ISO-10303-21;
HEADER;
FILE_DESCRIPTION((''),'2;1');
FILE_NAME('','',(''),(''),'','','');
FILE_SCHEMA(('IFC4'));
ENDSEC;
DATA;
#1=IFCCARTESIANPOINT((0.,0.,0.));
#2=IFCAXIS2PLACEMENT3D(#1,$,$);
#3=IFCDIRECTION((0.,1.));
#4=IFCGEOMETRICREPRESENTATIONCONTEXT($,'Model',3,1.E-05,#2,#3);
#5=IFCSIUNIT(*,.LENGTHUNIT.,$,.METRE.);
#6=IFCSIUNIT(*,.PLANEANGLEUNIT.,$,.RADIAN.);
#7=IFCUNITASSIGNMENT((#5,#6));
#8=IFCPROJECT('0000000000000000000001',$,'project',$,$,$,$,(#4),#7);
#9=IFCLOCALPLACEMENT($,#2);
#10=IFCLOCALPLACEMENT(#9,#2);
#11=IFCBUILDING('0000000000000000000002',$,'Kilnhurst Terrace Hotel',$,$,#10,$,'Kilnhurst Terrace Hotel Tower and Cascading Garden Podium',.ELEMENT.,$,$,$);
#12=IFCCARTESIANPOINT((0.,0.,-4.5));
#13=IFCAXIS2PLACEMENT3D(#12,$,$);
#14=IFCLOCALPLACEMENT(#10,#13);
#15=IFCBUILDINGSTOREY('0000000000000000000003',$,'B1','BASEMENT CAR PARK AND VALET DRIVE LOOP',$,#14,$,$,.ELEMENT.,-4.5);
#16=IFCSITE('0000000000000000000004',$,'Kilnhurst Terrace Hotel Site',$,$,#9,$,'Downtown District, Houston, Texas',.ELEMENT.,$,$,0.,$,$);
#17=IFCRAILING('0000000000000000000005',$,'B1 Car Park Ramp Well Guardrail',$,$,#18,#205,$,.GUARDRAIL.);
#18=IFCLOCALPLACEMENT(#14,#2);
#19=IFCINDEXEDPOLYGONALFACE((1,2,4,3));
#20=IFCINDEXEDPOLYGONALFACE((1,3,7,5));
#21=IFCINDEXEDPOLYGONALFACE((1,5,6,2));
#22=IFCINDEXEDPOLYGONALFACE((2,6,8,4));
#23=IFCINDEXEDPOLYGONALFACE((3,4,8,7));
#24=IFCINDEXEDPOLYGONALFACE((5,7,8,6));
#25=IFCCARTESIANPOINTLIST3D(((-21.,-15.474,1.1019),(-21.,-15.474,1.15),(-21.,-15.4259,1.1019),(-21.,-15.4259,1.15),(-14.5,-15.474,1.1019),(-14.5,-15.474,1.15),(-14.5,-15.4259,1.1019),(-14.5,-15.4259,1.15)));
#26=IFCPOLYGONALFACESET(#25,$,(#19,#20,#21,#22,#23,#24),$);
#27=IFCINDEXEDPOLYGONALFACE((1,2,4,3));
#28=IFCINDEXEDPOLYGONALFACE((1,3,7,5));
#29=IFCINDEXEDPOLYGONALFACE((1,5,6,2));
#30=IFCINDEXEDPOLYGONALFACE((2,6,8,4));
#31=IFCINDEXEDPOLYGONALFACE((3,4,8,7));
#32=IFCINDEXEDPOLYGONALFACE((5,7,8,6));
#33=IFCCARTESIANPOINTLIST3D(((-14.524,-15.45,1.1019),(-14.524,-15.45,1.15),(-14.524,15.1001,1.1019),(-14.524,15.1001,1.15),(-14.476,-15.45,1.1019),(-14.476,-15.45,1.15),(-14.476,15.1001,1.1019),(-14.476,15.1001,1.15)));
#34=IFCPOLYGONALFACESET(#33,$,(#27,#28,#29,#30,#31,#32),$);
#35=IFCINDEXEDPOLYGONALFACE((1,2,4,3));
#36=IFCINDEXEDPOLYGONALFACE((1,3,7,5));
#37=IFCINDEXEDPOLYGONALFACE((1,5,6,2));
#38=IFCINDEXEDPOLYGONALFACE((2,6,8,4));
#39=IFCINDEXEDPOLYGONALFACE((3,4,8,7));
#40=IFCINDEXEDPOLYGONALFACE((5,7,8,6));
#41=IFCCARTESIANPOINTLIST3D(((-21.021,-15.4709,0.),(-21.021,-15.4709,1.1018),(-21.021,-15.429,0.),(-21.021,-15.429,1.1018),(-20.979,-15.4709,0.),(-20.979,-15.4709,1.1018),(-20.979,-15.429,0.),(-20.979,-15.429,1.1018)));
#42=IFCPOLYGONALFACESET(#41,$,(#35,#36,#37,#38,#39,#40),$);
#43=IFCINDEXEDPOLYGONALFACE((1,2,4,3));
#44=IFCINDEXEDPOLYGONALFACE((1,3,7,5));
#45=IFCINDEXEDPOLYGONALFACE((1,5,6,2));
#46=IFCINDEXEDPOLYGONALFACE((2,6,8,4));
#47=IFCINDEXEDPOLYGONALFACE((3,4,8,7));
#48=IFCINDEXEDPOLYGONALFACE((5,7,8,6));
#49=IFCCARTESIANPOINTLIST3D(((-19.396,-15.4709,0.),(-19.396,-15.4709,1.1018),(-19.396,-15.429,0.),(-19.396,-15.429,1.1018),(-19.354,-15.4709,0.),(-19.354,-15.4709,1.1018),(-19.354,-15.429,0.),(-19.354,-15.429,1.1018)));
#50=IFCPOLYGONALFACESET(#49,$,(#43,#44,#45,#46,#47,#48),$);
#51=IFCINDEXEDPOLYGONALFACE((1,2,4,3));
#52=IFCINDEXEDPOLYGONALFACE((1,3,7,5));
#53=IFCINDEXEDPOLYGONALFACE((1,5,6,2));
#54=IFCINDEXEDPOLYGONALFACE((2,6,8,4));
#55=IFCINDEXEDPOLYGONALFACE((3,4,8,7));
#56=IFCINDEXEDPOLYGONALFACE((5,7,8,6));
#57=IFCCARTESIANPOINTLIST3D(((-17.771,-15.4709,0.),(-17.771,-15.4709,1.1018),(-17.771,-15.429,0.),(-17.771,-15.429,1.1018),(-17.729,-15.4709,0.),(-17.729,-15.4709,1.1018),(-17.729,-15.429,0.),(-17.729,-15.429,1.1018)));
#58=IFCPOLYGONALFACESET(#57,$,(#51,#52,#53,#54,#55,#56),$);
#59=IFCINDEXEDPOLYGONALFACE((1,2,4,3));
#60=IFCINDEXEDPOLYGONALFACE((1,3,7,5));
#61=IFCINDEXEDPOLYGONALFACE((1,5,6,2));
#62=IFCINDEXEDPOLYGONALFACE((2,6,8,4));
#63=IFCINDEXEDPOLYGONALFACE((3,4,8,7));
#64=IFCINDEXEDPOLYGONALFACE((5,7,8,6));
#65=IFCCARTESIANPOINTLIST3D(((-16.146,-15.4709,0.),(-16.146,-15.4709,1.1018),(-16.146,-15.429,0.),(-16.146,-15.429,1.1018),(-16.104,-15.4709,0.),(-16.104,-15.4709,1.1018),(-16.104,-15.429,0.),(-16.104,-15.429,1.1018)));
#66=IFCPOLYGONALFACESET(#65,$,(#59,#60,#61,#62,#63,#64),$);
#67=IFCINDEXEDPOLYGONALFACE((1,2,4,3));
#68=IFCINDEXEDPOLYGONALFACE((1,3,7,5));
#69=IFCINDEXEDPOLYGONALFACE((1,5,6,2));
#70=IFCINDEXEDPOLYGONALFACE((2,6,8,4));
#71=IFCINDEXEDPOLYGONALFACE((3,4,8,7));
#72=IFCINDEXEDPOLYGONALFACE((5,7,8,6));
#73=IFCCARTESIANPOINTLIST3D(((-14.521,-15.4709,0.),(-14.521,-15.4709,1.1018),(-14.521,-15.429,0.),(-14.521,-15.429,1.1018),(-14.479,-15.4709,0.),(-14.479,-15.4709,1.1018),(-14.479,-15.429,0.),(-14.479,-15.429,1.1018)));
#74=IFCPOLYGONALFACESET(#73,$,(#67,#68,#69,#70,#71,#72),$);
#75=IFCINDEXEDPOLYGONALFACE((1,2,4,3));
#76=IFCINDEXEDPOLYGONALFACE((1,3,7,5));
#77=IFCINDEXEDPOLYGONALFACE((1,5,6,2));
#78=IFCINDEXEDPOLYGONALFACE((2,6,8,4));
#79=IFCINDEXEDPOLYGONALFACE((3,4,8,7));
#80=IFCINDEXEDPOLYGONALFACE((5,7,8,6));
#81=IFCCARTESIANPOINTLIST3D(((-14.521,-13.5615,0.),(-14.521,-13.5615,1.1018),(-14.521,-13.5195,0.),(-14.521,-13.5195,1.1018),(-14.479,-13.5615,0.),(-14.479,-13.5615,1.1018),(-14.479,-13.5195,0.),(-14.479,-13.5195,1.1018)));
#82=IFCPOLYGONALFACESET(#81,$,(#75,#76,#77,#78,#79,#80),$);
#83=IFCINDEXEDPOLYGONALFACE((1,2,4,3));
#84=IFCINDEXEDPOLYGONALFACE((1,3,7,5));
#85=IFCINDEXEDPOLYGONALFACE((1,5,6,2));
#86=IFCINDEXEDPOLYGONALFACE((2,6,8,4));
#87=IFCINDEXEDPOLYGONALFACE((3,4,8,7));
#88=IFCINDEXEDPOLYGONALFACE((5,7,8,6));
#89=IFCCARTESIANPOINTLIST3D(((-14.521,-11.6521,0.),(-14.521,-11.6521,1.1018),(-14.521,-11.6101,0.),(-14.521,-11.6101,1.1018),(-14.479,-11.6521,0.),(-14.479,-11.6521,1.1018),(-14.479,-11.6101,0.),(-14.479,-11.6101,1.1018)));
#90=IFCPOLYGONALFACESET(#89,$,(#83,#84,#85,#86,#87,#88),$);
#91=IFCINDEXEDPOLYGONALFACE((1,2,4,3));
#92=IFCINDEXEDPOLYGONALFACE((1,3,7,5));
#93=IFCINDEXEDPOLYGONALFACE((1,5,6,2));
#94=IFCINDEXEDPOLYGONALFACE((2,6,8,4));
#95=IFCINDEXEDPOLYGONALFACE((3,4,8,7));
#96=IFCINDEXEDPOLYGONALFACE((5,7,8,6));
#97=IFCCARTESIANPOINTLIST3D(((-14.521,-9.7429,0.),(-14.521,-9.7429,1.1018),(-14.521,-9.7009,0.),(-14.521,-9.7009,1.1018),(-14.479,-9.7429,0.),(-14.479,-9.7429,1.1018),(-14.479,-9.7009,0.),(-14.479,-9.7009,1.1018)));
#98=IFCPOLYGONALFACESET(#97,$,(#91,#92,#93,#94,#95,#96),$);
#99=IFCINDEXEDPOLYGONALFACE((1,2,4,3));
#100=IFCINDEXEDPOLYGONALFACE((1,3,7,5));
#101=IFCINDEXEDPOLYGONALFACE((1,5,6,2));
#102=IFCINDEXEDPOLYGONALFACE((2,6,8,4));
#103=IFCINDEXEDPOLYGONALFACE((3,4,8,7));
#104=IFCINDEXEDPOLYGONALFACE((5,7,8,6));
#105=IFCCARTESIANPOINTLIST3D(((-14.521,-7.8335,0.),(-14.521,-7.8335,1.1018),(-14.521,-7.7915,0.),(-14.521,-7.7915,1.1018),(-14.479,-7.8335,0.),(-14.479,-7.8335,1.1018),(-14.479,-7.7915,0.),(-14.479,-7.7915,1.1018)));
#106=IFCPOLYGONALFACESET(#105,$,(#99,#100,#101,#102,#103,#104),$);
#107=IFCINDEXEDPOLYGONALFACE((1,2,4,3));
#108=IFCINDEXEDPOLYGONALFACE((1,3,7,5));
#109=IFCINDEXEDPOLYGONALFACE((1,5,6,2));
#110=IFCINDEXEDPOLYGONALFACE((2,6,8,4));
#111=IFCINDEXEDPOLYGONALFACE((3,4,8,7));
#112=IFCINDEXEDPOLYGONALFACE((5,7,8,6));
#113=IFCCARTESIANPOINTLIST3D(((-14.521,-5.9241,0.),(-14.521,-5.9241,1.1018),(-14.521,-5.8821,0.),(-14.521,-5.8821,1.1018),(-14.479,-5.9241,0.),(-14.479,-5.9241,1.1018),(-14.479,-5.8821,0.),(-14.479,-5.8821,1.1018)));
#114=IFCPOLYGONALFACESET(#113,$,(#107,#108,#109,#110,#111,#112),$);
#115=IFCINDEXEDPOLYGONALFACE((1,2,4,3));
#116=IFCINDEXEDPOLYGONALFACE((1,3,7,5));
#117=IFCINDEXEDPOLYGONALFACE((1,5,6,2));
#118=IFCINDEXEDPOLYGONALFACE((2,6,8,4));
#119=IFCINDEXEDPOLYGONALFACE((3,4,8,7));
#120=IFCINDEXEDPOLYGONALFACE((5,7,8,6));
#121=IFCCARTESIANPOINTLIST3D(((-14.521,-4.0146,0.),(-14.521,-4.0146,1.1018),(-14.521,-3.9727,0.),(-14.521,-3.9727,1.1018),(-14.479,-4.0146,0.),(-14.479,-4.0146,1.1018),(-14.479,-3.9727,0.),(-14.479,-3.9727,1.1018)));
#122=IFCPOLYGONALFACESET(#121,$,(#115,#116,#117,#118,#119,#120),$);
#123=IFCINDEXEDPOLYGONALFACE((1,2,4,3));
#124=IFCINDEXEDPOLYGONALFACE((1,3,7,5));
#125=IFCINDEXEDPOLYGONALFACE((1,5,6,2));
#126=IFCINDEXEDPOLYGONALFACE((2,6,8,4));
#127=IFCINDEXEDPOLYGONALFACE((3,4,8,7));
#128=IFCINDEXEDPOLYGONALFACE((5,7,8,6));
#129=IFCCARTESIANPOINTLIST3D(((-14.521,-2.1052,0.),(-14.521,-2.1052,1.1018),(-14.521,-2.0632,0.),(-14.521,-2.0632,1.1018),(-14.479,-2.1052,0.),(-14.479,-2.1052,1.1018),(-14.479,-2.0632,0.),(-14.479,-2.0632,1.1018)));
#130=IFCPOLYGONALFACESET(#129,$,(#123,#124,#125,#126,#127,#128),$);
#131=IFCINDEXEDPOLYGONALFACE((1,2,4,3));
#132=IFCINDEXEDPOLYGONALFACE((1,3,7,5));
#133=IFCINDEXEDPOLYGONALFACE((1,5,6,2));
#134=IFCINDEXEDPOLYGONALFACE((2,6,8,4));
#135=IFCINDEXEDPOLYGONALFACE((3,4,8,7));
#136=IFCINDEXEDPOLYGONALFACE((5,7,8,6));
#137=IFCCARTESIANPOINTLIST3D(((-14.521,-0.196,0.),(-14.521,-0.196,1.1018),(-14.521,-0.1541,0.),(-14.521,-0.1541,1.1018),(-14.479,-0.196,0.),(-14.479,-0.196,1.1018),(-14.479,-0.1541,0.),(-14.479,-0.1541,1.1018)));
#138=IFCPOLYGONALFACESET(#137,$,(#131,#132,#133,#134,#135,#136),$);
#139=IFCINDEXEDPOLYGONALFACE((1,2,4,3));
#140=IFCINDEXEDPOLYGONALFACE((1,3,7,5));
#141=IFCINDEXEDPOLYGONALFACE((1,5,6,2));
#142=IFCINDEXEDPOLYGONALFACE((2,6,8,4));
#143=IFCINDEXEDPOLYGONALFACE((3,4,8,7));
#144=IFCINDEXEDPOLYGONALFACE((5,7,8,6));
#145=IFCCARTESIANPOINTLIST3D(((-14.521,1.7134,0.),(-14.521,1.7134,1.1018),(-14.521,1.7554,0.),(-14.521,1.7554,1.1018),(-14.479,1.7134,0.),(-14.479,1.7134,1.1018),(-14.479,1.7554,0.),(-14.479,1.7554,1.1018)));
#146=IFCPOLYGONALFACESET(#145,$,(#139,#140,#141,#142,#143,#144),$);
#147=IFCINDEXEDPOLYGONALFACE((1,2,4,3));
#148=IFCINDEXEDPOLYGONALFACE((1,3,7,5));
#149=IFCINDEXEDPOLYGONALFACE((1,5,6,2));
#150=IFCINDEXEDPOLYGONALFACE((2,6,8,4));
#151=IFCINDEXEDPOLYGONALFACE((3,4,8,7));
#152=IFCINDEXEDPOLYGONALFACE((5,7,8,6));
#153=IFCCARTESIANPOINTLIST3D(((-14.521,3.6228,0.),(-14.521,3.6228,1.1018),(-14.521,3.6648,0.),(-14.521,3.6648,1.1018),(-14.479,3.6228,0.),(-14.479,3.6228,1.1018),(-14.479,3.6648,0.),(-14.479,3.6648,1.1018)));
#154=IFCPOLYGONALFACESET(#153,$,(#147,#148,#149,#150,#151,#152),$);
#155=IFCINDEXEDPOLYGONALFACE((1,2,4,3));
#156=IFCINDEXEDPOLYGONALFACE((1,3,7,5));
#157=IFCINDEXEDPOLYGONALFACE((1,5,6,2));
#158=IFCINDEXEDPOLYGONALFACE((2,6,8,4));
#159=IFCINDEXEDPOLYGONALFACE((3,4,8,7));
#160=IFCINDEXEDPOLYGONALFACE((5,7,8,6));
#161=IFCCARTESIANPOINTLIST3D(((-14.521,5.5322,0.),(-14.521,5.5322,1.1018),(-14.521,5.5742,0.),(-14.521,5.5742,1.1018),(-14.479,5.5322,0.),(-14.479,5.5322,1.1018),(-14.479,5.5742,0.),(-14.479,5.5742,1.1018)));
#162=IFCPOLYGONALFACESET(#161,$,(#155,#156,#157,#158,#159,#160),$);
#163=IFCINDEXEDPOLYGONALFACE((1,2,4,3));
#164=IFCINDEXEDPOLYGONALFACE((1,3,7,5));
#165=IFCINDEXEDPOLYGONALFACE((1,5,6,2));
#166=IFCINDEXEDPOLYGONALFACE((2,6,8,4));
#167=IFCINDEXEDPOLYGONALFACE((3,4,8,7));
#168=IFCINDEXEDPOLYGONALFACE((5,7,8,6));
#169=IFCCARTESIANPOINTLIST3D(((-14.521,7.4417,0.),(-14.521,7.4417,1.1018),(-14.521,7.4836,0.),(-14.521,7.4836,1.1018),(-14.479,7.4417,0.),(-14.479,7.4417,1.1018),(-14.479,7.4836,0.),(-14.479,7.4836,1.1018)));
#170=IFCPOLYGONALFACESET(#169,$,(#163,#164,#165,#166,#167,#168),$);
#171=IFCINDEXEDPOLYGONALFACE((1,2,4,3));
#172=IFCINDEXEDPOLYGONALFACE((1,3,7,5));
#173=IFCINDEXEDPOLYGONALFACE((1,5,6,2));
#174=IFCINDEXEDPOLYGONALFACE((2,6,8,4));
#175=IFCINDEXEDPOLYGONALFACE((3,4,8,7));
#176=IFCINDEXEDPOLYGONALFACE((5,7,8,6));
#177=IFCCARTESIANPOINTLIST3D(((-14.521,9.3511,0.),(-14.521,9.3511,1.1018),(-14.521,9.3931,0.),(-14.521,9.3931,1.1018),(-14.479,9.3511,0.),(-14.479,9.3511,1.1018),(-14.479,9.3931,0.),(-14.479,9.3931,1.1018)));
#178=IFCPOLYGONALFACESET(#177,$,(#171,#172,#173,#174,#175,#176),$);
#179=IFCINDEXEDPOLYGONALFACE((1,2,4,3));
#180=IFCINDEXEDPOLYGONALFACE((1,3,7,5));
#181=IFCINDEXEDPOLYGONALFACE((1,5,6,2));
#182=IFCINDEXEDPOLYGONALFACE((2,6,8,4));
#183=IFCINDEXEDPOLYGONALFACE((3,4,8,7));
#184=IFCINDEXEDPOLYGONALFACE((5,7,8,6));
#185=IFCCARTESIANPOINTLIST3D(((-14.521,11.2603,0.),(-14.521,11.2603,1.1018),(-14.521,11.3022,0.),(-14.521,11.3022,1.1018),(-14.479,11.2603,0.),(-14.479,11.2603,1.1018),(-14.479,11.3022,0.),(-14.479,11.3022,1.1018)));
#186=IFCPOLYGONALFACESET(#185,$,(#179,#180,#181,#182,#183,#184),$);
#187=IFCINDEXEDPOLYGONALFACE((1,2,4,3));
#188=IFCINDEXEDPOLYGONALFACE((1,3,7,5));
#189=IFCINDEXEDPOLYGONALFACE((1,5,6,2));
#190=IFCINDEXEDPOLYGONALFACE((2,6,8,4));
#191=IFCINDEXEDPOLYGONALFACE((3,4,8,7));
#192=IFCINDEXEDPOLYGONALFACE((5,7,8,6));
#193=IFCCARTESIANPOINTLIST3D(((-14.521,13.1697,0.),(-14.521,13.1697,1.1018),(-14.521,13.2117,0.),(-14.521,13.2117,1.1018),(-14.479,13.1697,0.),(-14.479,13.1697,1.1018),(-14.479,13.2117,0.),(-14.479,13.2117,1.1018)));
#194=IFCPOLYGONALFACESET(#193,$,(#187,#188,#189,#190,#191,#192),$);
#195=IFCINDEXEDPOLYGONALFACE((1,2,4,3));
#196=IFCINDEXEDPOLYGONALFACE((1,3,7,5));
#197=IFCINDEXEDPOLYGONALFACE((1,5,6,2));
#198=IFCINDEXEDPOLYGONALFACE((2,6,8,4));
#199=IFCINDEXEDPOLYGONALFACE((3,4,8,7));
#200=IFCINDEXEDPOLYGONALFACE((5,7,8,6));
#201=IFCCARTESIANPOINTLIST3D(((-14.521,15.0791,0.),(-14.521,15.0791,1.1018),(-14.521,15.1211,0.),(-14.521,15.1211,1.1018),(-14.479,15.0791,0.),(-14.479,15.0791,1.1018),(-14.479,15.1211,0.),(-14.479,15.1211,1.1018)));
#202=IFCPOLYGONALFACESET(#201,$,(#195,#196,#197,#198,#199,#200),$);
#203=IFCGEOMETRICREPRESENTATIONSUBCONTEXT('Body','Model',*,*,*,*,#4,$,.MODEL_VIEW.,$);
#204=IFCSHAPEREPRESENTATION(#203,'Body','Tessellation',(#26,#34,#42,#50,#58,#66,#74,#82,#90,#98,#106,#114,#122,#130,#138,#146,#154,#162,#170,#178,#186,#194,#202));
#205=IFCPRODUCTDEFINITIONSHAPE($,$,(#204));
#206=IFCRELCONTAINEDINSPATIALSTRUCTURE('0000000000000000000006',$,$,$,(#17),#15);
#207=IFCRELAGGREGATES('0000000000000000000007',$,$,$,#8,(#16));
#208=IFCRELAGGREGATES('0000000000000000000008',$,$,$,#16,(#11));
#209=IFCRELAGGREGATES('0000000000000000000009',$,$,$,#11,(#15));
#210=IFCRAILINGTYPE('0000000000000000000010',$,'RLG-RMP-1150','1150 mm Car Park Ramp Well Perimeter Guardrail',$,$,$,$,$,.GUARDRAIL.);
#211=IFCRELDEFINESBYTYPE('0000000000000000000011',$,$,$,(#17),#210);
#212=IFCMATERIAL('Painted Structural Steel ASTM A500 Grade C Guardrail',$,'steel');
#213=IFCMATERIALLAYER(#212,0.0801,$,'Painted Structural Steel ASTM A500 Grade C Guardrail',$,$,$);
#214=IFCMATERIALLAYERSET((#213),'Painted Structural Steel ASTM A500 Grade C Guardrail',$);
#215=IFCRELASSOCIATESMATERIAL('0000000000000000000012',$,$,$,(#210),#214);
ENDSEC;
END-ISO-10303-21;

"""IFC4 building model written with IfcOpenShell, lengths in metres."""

from ifc_helpers import new_model, si_unit, direction, frame, origin, origin_2d, place, context, subcontext, project, spatial, rectangle, extrude, material, layer, layer_set, type_object, element, save


model = new_model("IFC4")

# Units and contexts
model_context = context("Model", 3, precision=1e-05, world=origin(), true_north=direction((0.0, 1.0)))
body_context = subcontext(model_context, "Body", "Model", "MODEL_VIEW")
ifc_project = project(units=[si_unit("LENGTHUNIT", "METRE"), si_unit("PLANEANGLEUNIT", "RADIAN")], contexts=[model_context])

# Site, building, storey
site_placement = place(None, origin())
site = spatial("IfcSite", under=ifc_project, at=site_placement, Name="Kilnhurst Terrace Hotel Site", LongName="Downtown District, Houston, Texas", CompositionType="ELEMENT", RefElevation=0.0)
building_placement = place(site_placement, origin())
building = spatial("IfcBuilding", under=site, at=building_placement, Name="Kilnhurst Terrace Hotel", LongName="Kilnhurst Terrace Hotel Tower and Cascading Garden Podium", CompositionType="ELEMENT")
storey_placement = place(building_placement, frame((0.0, 0.0, -4.5)))
storey = spatial("IfcBuildingStorey", under=building, at=storey_placement, Name="B1", Description="BASEMENT CAR PARK AND VALET DRIVE LOOP", CompositionType="ELEMENT", Elevation=-4.5)

# Railing
ifc_material_1 = material(Name="Painted Structural Steel ASTM A500 Grade C Guardrail", Category="steel")
ifc_layer_1 = layer(ifc_material_1, 0.0801, Name="Painted Structural Steel ASTM A500 Grade C Guardrail")
ifc_layer_set_1 = layer_set([ifc_layer_1], Name="Painted Structural Steel ASTM A500 Grade C Guardrail")
railing_type = type_object("IfcRailingType", Name="RLG-RMP-1150", Description="1150 mm Car Park Ramp Well Perimeter Guardrail", PredefinedType="GUARDRAIL", material=ifc_layer_set_1)
railing_placement = place(storey_placement, frame((-21.0, -15.45, 0.0)))
element("IfcRailing", 1, at=railing_placement, inside=storey, type_object=railing_type, Name="B1 Car Park Ramp Well Guardrail", PredefinedType="GUARDRAIL", context=body_context, shape_type="SweptSolid", body=[
    extrude(rectangle(XDim=0.0481, YDim=0.0481, at=origin_2d()), frame((0.0, 0.0, 1.126), z_axis=(1.0, 0.0, 0.0), x_axis=(0.0, 1.0, 0.0)), (0.0, 0.0, 1.0), 6.5),
    extrude(rectangle(XDim=0.0481, YDim=0.0481, at=origin_2d()), frame((6.5, 0.0, 1.126), z_axis=(0.0, 1.0, 0.0), x_axis=(-1.0, 0.0, 0.0)), (0.0, 0.0, 1.0), 30.55),
    extrude(rectangle(XDim=0.042, YDim=0.042, at=origin_2d()), origin(), (0.0, 0.0, 1.0), 1.1018),
    extrude(rectangle(XDim=0.042, YDim=0.042, at=origin_2d()), frame((1.625, 0.0, 0.0)), (0.0, 0.0, 1.0), 1.1018),
    extrude(rectangle(XDim=0.042, YDim=0.042, at=origin_2d()), frame((3.25, 0.0, 0.0)), (0.0, 0.0, 1.0), 1.1018),
    extrude(rectangle(XDim=0.042, YDim=0.042, at=origin_2d()), frame((4.875, 0.0, 0.0)), (0.0, 0.0, 1.0), 1.1018),
    extrude(rectangle(XDim=0.042, YDim=0.042, at=origin_2d()), frame((6.5, 0.0, 0.0)), (0.0, 0.0, 1.0), 1.1018),
    extrude(rectangle(XDim=0.042, YDim=0.042, at=origin_2d()), frame((6.5, 1.9094, 0.0)), (0.0, 0.0, 1.0), 1.1018),
    extrude(rectangle(XDim=0.042, YDim=0.042, at=origin_2d()), frame((6.5, 3.8188, 0.0)), (0.0, 0.0, 1.0), 1.1018),
    extrude(rectangle(XDim=0.042, YDim=0.042, at=origin_2d()), frame((6.5, 5.728, 0.0)), (0.0, 0.0, 1.0), 1.1018),
    extrude(rectangle(XDim=0.042, YDim=0.042, at=origin_2d()), frame((6.5, 7.6375, 0.0)), (0.0, 0.0, 1.0), 1.1018),
    extrude(rectangle(XDim=0.042, YDim=0.042, at=origin_2d()), frame((6.5, 9.5469, 0.0)), (0.0, 0.0, 1.0), 1.1018),
    extrude(rectangle(XDim=0.042, YDim=0.042, at=origin_2d()), frame((6.5, 11.4563, 0.0)), (0.0, 0.0, 1.0), 1.1018),
    extrude(rectangle(XDim=0.042, YDim=0.042, at=origin_2d()), frame((6.5, 13.3657, 0.0)), (0.0, 0.0, 1.0), 1.1018),
    extrude(rectangle(XDim=0.042, YDim=0.042, at=origin_2d()), frame((6.5, 15.2749, 0.0)), (0.0, 0.0, 1.0), 1.1018),
    extrude(rectangle(XDim=0.042, YDim=0.042, at=origin_2d()), frame((6.5, 17.1843, 0.0)), (0.0, 0.0, 1.0), 1.1018),
    extrude(rectangle(XDim=0.042, YDim=0.042, at=origin_2d()), frame((6.5, 19.0938, 0.0)), (0.0, 0.0, 1.0), 1.1018),
    extrude(rectangle(XDim=0.042, YDim=0.042, at=origin_2d()), frame((6.5, 21.0032, 0.0)), (0.0, 0.0, 1.0), 1.1018),
    extrude(rectangle(XDim=0.042, YDim=0.042, at=origin_2d()), frame((6.5, 22.9126, 0.0)), (0.0, 0.0, 1.0), 1.1018),
    extrude(rectangle(XDim=0.042, YDim=0.042, at=origin_2d()), frame((6.5, 24.822, 0.0)), (0.0, 0.0, 1.0), 1.1018),
    extrude(rectangle(XDim=0.042, YDim=0.042, at=origin_2d()), frame((6.5, 26.7312, 0.0)), (0.0, 0.0, 1.0), 1.1018),
    extrude(rectangle(XDim=0.042, YDim=0.042, at=origin_2d()), frame((6.5, 28.6406, 0.0)), (0.0, 0.0, 1.0), 1.1018),
    extrude(rectangle(XDim=0.042, YDim=0.042, at=origin_2d()), frame((6.5, 30.55, 0.0)), (0.0, 0.0, 1.0), 1.1018),
])

save(model, "model.ifc")
